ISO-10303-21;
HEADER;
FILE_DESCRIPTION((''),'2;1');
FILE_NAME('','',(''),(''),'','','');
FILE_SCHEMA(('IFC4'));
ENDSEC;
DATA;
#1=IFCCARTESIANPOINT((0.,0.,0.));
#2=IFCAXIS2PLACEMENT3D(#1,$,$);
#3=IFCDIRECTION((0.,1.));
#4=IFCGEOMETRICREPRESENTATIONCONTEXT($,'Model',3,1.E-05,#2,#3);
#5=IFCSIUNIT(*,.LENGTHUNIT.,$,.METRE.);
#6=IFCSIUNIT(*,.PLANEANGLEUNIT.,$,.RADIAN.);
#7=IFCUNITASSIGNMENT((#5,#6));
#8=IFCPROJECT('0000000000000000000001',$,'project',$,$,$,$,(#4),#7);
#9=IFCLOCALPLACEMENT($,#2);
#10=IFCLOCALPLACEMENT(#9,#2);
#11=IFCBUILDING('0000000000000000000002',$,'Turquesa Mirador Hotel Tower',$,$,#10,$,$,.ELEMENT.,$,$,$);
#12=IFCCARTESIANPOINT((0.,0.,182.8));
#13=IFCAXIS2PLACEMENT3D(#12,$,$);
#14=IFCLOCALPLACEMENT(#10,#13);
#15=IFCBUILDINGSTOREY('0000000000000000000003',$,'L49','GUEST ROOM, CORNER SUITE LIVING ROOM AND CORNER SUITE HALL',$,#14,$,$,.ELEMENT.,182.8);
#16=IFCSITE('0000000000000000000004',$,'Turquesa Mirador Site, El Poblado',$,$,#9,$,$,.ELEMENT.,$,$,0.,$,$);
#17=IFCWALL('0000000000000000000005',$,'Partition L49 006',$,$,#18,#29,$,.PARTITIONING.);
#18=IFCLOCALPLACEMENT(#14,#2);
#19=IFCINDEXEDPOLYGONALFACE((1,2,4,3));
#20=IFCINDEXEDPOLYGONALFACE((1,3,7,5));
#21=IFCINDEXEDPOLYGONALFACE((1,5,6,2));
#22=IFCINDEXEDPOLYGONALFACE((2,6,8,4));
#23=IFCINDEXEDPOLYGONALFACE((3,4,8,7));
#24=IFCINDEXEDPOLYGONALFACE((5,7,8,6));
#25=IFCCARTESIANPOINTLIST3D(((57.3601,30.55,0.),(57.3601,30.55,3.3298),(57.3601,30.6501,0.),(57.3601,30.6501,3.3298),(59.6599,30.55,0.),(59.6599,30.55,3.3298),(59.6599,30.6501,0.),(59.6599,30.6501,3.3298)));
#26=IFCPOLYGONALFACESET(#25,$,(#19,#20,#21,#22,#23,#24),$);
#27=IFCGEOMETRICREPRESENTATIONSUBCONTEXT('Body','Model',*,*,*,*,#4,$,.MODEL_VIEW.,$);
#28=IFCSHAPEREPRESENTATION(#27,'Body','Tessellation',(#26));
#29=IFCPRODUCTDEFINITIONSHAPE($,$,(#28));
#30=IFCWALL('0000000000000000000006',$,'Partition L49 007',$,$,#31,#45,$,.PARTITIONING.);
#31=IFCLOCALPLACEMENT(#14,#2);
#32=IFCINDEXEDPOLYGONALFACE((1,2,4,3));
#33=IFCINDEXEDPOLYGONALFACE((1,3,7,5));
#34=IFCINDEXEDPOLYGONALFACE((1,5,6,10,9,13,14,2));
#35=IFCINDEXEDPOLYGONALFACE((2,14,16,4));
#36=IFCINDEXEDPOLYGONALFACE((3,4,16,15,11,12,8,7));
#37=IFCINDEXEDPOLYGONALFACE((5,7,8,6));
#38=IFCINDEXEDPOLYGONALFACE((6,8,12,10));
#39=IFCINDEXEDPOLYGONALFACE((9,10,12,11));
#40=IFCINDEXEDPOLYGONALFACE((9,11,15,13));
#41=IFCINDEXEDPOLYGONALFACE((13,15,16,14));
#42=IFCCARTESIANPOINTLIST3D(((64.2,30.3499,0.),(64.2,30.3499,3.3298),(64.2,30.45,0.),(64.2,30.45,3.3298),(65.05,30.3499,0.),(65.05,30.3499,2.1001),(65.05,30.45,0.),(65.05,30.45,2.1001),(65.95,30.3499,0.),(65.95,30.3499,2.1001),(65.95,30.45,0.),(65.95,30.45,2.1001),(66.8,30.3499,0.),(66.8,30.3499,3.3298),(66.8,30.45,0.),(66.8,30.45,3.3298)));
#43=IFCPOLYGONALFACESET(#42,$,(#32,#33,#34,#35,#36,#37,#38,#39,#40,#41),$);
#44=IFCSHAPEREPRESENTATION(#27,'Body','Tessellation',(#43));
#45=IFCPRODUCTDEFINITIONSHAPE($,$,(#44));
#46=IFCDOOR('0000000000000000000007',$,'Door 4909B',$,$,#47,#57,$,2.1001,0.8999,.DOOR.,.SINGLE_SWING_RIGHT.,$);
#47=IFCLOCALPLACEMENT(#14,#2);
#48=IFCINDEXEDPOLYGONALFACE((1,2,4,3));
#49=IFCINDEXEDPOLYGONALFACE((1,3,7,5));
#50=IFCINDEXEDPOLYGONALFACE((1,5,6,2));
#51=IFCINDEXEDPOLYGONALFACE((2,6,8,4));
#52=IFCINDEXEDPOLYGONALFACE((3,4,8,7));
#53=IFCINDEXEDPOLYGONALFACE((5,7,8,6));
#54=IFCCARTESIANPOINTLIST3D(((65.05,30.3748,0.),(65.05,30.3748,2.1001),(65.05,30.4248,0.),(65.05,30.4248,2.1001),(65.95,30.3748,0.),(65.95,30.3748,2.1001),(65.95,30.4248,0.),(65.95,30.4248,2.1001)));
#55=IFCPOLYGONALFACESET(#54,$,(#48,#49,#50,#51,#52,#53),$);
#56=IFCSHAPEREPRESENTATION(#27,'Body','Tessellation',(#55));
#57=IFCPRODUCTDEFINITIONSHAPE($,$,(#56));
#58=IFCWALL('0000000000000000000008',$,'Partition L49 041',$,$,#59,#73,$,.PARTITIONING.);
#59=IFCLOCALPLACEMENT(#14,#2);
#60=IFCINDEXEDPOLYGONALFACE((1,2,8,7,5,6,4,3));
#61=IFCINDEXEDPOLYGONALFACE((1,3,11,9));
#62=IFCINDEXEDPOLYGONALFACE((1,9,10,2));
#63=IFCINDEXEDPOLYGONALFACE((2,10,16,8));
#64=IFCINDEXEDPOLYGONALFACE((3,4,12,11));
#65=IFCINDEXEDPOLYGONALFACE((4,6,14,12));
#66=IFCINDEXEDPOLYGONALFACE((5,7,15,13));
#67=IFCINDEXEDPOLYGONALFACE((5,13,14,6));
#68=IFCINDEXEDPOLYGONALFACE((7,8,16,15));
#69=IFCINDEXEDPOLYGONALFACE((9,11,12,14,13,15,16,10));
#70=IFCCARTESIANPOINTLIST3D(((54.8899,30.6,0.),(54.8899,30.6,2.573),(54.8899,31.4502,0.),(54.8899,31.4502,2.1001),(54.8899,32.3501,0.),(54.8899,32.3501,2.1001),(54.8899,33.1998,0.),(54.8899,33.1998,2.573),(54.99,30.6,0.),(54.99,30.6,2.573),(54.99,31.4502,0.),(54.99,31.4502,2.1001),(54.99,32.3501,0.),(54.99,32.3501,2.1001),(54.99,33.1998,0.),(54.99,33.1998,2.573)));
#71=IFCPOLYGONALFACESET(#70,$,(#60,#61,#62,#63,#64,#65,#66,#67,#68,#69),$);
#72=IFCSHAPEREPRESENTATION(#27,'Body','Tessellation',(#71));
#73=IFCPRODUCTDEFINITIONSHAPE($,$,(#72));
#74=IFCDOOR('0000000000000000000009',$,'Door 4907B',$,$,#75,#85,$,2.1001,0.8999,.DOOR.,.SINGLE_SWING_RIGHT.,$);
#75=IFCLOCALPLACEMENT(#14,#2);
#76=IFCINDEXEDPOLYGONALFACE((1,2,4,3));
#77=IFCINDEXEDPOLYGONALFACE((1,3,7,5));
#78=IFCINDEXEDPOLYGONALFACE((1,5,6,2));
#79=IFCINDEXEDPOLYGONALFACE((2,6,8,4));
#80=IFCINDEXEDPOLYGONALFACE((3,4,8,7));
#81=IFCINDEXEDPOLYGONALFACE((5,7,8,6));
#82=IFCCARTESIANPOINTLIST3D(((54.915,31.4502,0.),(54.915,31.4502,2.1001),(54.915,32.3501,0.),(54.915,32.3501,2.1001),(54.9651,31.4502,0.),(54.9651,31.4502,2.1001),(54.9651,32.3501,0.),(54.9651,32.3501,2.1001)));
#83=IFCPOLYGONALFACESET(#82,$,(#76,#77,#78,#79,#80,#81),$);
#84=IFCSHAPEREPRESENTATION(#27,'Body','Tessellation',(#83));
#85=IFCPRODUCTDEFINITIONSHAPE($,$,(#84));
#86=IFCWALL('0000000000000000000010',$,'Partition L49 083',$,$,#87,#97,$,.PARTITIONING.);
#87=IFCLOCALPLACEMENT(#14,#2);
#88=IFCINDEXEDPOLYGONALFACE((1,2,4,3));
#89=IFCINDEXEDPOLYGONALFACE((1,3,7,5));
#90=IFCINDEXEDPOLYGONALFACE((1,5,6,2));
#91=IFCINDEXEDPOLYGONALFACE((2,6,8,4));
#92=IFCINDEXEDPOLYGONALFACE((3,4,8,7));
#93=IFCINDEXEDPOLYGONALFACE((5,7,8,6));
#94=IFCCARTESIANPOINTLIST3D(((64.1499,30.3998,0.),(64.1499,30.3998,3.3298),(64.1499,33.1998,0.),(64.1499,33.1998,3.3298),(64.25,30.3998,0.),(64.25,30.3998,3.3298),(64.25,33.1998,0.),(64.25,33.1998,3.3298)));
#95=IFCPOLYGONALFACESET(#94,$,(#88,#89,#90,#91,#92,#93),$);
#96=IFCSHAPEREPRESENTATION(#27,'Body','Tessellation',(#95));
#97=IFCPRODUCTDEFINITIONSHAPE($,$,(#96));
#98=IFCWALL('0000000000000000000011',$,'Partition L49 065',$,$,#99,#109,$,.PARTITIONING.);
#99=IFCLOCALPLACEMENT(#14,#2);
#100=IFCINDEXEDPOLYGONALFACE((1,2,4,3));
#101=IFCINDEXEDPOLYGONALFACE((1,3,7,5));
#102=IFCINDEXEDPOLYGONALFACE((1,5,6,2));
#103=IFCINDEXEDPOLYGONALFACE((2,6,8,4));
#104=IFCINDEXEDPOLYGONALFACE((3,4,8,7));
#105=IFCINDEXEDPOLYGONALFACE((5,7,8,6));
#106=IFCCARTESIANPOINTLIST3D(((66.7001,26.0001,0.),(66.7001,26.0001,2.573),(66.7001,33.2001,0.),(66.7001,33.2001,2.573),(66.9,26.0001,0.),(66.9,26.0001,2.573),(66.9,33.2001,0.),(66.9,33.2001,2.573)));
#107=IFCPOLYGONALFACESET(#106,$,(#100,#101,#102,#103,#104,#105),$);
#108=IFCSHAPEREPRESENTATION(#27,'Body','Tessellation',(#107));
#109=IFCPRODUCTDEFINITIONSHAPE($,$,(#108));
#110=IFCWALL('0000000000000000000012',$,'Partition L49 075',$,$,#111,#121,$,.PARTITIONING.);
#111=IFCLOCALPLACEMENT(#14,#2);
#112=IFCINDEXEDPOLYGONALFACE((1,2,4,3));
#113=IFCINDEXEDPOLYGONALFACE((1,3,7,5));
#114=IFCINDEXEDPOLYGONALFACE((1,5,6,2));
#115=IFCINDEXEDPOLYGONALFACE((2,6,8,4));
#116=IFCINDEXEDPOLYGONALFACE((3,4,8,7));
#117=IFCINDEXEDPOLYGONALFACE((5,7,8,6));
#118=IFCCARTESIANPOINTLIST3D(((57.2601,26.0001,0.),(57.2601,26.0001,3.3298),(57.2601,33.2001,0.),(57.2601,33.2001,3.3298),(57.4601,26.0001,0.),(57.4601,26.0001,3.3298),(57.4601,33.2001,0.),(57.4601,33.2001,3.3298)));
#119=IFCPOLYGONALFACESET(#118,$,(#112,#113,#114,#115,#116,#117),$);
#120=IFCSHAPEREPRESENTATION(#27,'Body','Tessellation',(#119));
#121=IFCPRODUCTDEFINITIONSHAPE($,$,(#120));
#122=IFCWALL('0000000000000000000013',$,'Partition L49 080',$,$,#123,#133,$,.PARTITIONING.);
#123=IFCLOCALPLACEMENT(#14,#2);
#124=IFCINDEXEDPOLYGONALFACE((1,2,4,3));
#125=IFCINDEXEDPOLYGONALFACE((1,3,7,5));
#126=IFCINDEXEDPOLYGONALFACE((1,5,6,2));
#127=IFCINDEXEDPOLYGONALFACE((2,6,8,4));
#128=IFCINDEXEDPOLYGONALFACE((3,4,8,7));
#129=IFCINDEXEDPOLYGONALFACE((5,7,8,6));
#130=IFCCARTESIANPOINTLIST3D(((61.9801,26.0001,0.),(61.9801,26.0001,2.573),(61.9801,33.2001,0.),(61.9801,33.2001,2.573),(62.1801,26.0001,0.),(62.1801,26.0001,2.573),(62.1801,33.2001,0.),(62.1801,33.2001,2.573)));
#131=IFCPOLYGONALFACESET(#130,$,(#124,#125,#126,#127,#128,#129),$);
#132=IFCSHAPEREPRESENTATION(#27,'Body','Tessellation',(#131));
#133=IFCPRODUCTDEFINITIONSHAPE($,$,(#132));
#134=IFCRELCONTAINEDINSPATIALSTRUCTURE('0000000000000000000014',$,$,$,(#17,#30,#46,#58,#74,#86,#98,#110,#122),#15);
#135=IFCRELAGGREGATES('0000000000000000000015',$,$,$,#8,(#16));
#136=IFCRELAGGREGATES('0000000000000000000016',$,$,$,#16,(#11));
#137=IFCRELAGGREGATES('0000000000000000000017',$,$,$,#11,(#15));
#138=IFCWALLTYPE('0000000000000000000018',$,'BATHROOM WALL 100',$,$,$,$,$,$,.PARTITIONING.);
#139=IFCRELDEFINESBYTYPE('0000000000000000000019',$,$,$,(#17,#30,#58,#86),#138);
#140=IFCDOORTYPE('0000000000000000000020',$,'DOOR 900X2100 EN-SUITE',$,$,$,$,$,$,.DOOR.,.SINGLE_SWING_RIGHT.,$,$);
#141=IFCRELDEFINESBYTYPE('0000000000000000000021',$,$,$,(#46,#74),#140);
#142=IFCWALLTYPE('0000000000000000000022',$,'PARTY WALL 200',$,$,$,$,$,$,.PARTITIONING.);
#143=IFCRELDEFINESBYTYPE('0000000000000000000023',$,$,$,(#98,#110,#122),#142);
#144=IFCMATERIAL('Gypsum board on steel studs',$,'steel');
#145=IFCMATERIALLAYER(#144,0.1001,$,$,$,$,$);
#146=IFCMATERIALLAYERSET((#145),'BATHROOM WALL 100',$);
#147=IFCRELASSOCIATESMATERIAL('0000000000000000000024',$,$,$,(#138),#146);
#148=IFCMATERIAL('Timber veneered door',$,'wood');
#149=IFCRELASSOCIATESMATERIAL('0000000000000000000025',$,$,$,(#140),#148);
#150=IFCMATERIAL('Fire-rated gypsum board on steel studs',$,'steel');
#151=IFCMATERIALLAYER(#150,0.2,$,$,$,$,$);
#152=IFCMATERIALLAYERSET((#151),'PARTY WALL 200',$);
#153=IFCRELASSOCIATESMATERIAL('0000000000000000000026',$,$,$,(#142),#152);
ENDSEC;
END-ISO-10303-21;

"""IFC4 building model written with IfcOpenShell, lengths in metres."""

from ifc_helpers import new_model, si_unit, direction, frame, frame_2d, origin, place, context, subcontext, project, spatial, rectangle, extrude, material, layer, layer_set, type_object, element, fill, save


model = new_model("IFC4")

# Units and contexts
model_context = context("Model", 3, precision=1e-05, world=origin(), true_north=direction((0.0, 1.0)))
body_context = subcontext(model_context, "Body", "Model", "MODEL_VIEW")
ifc_project = project(units=[si_unit("LENGTHUNIT", "METRE"), si_unit("PLANEANGLEUNIT", "RADIAN")], contexts=[model_context])

# Site, building, storey
site_placement = place(None, origin())
site = spatial("IfcSite", under=ifc_project, at=site_placement, Name="Turquesa Mirador Site, El Poblado", CompositionType="ELEMENT", RefElevation=0.0)
building_placement = place(site_placement, origin())
building = spatial("IfcBuilding", under=site, at=building_placement, Name="Turquesa Mirador Hotel Tower", CompositionType="ELEMENT")
storey_placement = place(building_placement, frame((0.0, 0.0, 182.8)))
storey = spatial("IfcBuildingStorey", under=building, at=storey_placement, Name="L49", Description="GUEST ROOM, CORNER SUITE LIVING ROOM AND CORNER SUITE HALL", CompositionType="ELEMENT", Elevation=182.8)

# Wall
ifc_material_1 = material(Name="Gypsum board on steel studs", Category="steel")
ifc_layer_1 = layer(ifc_material_1, 0.1001)
ifc_layer_set_1 = layer_set([ifc_layer_1], Name="BATHROOM WALL 100")
wall_type_1 = type_object("IfcWallType", Name="BATHROOM WALL 100", PredefinedType="PARTITIONING", material=ifc_layer_set_1)
wall_1_placement = place(storey_placement, frame((57.3601, 30.6001, 0.0), z_axis=(0.0, 0.0, 1.0), x_axis=(1.0, 0.0, 0.0)))
element("IfcWall", 1, at=wall_1_placement, inside=storey, type_object=wall_type_1, Name="Partition L49 006", PredefinedType="PARTITIONING", context=body_context, shape_type="SweptSolid", body=[
    extrude(rectangle(XDim=2.2998, YDim=0.1001, at=frame_2d((1.1499, 0.0))), origin(), (0.0, 0.0, 1.0), 3.3298),
])

# Walls, openings, doors
wall_2_placement = place(storey_placement, frame((64.2, 30.3999, 0.0), z_axis=(0.0, 0.0, 1.0), x_axis=(1.0, 0.0, 0.0)))
wall_2 = element("IfcWall", 2, at=wall_2_placement, inside=storey, type_object=wall_type_1, Name="Partition L49 007", PredefinedType="PARTITIONING", context=body_context, shape_type="SweptSolid", body=[
    extrude(rectangle(XDim=2.6001, YDim=0.1001, at=frame_2d((1.3, 0.0))), origin(), (0.0, 0.0, 1.0), 3.3298),
])
opening_1_placement = place(wall_2_placement, frame((0.8501, 0.0, 0.0)))
opening_1 = element("IfcOpeningElement", 3, at=opening_1_placement, cuts=wall_2, PredefinedType="OPENING", context=body_context, shape_type="SweptSolid", body=[
    extrude(rectangle(XDim=0.8999, YDim=2.1001, at=frame_2d((0.45, 1.05))), frame((0.0, 0.0601, 0.0), z_axis=(0.0, -1.0, 0.0), x_axis=(1.0, 0.0, 0.0)), (0.0, 0.0, 1.0), 0.1201),
])
ifc_material_2 = material(Name="Timber veneered door", Category="wood")
door_type = type_object("IfcDoorType", Name="DOOR 900X2100 EN-SUITE", OperationType="SINGLE_SWING_RIGHT", PredefinedType="DOOR", material=ifc_material_2)
door_1_placement = place(opening_1_placement, origin())
door_1 = element("IfcDoor", 4, at=door_1_placement, inside=storey, type_object=door_type, Name="Door 4909B", OperationType="SINGLE_SWING_RIGHT", OverallHeight=2.1001, OverallWidth=0.8999, PredefinedType="DOOR", context=body_context, shape_type="SweptSolid", body=[
    extrude(rectangle(XDim=0.8999, YDim=2.1001, at=frame_2d((0.45, 1.05))), frame((0.0, 0.0249, 0.0), z_axis=(0.0, -1.0, 0.0), x_axis=(1.0, 0.0, 0.0)), (0.0, 0.0, 1.0), 0.05),
])
fill(opening_1, door_1)
wall_3_placement = place(storey_placement, frame((54.9399, 30.6001, 0.0), z_axis=(0.0, 0.0, 1.0), x_axis=(0.0, 1.0, 0.0)))
wall_3 = element("IfcWall", 5, at=wall_3_placement, inside=storey, type_object=wall_type_1, Name="Partition L49 041", PredefinedType="PARTITIONING", context=body_context, shape_type="SweptSolid", body=[
    extrude(rectangle(XDim=2.5999, YDim=0.1001, at=frame_2d((1.2998, 0.0))), origin(), (0.0, 0.0, 1.0), 2.573),
])
opening_2_placement = place(wall_3_placement, frame((0.8501, 0.0, 0.0)))
opening_2 = element("IfcOpeningElement", 6, at=opening_2_placement, cuts=wall_3, PredefinedType="OPENING", context=body_context, shape_type="SweptSolid", body=[
    extrude(rectangle(XDim=0.8999, YDim=2.1001, at=frame_2d((0.45, 1.05))), frame((0.0, 0.0601, 0.0), z_axis=(0.0, -1.0, 0.0), x_axis=(1.0, 0.0, 0.0)), (0.0, 0.0, 1.0), 0.1201),
])
door_2_placement = place(opening_2_placement, origin())
door_2 = element("IfcDoor", 7, at=door_2_placement, inside=storey, type_object=door_type, Name="Door 4907B", OperationType="SINGLE_SWING_RIGHT", OverallHeight=2.1001, OverallWidth=0.8999, PredefinedType="DOOR", context=body_context, shape_type="SweptSolid", body=[
    extrude(rectangle(XDim=0.8999, YDim=2.1001, at=frame_2d((0.45, 1.05))), frame((0.0, 0.0249, 0.0), z_axis=(0.0, -1.0, 0.0), x_axis=(1.0, 0.0, 0.0)), (0.0, 0.0, 1.0), 0.05),
])
fill(opening_2, door_2)

# Walls
wall_4_placement = place(storey_placement, frame((64.2, 30.3999, 0.0), z_axis=(0.0, 0.0, 1.0), x_axis=(0.0, 1.0, 0.0)))
element("IfcWall", 8, at=wall_4_placement, inside=storey, type_object=wall_type_1, Name="Partition L49 083", PredefinedType="PARTITIONING", context=body_context, shape_type="SweptSolid", body=[
    extrude(rectangle(XDim=2.8, YDim=0.1001, at=frame_2d((1.3999, 0.0))), origin(), (0.0, 0.0, 1.0), 3.3298),
])
ifc_material_3 = material(Name="Fire-rated gypsum board on steel studs", Category="steel")
ifc_layer_2 = layer(ifc_material_3, 0.2)
ifc_layer_set_2 = layer_set([ifc_layer_2], Name="PARTY WALL 200")
wall_type_2 = type_object("IfcWallType", Name="PARTY WALL 200", PredefinedType="PARTITIONING", material=ifc_layer_set_2)
wall_5_placement = place(storey_placement, frame((66.8, 26.0, 0.0), z_axis=(0.0, 0.0, 1.0), x_axis=(0.0, 1.0, 0.0)))
element("IfcWall", 9, at=wall_5_placement, inside=storey, type_object=wall_type_2, Name="Partition L49 065", PredefinedType="PARTITIONING", context=body_context, shape_type="SweptSolid", body=[
    extrude(rectangle(XDim=7.2, YDim=0.2, at=frame_2d((3.6001, 0.0))), origin(), (0.0, 0.0, 1.0), 2.573),
])
wall_6_placement = place(storey_placement, frame((57.3601, 26.0, 0.0), z_axis=(0.0, 0.0, 1.0), x_axis=(0.0, 1.0, 0.0)))
element("IfcWall", 10, at=wall_6_placement, inside=storey, type_object=wall_type_2, Name="Partition L49 075", PredefinedType="PARTITIONING", context=body_context, shape_type="SweptSolid", body=[
    extrude(rectangle(XDim=7.2, YDim=0.2, at=frame_2d((3.6001, 0.0))), origin(), (0.0, 0.0, 1.0), 3.3298),
])
wall_7_placement = place(storey_placement, frame((62.0801, 26.0, 0.0), z_axis=(0.0, 0.0, 1.0), x_axis=(0.0, 1.0, 0.0)))
element("IfcWall", 11, at=wall_7_placement, inside=storey, type_object=wall_type_2, Name="Partition L49 080", PredefinedType="PARTITIONING", context=body_context, shape_type="SweptSolid", body=[
    extrude(rectangle(XDim=7.2, YDim=0.2, at=frame_2d((3.6001, 0.0))), origin(), (0.0, 0.0, 1.0), 2.573),
])

save(model, "model.ifc")
